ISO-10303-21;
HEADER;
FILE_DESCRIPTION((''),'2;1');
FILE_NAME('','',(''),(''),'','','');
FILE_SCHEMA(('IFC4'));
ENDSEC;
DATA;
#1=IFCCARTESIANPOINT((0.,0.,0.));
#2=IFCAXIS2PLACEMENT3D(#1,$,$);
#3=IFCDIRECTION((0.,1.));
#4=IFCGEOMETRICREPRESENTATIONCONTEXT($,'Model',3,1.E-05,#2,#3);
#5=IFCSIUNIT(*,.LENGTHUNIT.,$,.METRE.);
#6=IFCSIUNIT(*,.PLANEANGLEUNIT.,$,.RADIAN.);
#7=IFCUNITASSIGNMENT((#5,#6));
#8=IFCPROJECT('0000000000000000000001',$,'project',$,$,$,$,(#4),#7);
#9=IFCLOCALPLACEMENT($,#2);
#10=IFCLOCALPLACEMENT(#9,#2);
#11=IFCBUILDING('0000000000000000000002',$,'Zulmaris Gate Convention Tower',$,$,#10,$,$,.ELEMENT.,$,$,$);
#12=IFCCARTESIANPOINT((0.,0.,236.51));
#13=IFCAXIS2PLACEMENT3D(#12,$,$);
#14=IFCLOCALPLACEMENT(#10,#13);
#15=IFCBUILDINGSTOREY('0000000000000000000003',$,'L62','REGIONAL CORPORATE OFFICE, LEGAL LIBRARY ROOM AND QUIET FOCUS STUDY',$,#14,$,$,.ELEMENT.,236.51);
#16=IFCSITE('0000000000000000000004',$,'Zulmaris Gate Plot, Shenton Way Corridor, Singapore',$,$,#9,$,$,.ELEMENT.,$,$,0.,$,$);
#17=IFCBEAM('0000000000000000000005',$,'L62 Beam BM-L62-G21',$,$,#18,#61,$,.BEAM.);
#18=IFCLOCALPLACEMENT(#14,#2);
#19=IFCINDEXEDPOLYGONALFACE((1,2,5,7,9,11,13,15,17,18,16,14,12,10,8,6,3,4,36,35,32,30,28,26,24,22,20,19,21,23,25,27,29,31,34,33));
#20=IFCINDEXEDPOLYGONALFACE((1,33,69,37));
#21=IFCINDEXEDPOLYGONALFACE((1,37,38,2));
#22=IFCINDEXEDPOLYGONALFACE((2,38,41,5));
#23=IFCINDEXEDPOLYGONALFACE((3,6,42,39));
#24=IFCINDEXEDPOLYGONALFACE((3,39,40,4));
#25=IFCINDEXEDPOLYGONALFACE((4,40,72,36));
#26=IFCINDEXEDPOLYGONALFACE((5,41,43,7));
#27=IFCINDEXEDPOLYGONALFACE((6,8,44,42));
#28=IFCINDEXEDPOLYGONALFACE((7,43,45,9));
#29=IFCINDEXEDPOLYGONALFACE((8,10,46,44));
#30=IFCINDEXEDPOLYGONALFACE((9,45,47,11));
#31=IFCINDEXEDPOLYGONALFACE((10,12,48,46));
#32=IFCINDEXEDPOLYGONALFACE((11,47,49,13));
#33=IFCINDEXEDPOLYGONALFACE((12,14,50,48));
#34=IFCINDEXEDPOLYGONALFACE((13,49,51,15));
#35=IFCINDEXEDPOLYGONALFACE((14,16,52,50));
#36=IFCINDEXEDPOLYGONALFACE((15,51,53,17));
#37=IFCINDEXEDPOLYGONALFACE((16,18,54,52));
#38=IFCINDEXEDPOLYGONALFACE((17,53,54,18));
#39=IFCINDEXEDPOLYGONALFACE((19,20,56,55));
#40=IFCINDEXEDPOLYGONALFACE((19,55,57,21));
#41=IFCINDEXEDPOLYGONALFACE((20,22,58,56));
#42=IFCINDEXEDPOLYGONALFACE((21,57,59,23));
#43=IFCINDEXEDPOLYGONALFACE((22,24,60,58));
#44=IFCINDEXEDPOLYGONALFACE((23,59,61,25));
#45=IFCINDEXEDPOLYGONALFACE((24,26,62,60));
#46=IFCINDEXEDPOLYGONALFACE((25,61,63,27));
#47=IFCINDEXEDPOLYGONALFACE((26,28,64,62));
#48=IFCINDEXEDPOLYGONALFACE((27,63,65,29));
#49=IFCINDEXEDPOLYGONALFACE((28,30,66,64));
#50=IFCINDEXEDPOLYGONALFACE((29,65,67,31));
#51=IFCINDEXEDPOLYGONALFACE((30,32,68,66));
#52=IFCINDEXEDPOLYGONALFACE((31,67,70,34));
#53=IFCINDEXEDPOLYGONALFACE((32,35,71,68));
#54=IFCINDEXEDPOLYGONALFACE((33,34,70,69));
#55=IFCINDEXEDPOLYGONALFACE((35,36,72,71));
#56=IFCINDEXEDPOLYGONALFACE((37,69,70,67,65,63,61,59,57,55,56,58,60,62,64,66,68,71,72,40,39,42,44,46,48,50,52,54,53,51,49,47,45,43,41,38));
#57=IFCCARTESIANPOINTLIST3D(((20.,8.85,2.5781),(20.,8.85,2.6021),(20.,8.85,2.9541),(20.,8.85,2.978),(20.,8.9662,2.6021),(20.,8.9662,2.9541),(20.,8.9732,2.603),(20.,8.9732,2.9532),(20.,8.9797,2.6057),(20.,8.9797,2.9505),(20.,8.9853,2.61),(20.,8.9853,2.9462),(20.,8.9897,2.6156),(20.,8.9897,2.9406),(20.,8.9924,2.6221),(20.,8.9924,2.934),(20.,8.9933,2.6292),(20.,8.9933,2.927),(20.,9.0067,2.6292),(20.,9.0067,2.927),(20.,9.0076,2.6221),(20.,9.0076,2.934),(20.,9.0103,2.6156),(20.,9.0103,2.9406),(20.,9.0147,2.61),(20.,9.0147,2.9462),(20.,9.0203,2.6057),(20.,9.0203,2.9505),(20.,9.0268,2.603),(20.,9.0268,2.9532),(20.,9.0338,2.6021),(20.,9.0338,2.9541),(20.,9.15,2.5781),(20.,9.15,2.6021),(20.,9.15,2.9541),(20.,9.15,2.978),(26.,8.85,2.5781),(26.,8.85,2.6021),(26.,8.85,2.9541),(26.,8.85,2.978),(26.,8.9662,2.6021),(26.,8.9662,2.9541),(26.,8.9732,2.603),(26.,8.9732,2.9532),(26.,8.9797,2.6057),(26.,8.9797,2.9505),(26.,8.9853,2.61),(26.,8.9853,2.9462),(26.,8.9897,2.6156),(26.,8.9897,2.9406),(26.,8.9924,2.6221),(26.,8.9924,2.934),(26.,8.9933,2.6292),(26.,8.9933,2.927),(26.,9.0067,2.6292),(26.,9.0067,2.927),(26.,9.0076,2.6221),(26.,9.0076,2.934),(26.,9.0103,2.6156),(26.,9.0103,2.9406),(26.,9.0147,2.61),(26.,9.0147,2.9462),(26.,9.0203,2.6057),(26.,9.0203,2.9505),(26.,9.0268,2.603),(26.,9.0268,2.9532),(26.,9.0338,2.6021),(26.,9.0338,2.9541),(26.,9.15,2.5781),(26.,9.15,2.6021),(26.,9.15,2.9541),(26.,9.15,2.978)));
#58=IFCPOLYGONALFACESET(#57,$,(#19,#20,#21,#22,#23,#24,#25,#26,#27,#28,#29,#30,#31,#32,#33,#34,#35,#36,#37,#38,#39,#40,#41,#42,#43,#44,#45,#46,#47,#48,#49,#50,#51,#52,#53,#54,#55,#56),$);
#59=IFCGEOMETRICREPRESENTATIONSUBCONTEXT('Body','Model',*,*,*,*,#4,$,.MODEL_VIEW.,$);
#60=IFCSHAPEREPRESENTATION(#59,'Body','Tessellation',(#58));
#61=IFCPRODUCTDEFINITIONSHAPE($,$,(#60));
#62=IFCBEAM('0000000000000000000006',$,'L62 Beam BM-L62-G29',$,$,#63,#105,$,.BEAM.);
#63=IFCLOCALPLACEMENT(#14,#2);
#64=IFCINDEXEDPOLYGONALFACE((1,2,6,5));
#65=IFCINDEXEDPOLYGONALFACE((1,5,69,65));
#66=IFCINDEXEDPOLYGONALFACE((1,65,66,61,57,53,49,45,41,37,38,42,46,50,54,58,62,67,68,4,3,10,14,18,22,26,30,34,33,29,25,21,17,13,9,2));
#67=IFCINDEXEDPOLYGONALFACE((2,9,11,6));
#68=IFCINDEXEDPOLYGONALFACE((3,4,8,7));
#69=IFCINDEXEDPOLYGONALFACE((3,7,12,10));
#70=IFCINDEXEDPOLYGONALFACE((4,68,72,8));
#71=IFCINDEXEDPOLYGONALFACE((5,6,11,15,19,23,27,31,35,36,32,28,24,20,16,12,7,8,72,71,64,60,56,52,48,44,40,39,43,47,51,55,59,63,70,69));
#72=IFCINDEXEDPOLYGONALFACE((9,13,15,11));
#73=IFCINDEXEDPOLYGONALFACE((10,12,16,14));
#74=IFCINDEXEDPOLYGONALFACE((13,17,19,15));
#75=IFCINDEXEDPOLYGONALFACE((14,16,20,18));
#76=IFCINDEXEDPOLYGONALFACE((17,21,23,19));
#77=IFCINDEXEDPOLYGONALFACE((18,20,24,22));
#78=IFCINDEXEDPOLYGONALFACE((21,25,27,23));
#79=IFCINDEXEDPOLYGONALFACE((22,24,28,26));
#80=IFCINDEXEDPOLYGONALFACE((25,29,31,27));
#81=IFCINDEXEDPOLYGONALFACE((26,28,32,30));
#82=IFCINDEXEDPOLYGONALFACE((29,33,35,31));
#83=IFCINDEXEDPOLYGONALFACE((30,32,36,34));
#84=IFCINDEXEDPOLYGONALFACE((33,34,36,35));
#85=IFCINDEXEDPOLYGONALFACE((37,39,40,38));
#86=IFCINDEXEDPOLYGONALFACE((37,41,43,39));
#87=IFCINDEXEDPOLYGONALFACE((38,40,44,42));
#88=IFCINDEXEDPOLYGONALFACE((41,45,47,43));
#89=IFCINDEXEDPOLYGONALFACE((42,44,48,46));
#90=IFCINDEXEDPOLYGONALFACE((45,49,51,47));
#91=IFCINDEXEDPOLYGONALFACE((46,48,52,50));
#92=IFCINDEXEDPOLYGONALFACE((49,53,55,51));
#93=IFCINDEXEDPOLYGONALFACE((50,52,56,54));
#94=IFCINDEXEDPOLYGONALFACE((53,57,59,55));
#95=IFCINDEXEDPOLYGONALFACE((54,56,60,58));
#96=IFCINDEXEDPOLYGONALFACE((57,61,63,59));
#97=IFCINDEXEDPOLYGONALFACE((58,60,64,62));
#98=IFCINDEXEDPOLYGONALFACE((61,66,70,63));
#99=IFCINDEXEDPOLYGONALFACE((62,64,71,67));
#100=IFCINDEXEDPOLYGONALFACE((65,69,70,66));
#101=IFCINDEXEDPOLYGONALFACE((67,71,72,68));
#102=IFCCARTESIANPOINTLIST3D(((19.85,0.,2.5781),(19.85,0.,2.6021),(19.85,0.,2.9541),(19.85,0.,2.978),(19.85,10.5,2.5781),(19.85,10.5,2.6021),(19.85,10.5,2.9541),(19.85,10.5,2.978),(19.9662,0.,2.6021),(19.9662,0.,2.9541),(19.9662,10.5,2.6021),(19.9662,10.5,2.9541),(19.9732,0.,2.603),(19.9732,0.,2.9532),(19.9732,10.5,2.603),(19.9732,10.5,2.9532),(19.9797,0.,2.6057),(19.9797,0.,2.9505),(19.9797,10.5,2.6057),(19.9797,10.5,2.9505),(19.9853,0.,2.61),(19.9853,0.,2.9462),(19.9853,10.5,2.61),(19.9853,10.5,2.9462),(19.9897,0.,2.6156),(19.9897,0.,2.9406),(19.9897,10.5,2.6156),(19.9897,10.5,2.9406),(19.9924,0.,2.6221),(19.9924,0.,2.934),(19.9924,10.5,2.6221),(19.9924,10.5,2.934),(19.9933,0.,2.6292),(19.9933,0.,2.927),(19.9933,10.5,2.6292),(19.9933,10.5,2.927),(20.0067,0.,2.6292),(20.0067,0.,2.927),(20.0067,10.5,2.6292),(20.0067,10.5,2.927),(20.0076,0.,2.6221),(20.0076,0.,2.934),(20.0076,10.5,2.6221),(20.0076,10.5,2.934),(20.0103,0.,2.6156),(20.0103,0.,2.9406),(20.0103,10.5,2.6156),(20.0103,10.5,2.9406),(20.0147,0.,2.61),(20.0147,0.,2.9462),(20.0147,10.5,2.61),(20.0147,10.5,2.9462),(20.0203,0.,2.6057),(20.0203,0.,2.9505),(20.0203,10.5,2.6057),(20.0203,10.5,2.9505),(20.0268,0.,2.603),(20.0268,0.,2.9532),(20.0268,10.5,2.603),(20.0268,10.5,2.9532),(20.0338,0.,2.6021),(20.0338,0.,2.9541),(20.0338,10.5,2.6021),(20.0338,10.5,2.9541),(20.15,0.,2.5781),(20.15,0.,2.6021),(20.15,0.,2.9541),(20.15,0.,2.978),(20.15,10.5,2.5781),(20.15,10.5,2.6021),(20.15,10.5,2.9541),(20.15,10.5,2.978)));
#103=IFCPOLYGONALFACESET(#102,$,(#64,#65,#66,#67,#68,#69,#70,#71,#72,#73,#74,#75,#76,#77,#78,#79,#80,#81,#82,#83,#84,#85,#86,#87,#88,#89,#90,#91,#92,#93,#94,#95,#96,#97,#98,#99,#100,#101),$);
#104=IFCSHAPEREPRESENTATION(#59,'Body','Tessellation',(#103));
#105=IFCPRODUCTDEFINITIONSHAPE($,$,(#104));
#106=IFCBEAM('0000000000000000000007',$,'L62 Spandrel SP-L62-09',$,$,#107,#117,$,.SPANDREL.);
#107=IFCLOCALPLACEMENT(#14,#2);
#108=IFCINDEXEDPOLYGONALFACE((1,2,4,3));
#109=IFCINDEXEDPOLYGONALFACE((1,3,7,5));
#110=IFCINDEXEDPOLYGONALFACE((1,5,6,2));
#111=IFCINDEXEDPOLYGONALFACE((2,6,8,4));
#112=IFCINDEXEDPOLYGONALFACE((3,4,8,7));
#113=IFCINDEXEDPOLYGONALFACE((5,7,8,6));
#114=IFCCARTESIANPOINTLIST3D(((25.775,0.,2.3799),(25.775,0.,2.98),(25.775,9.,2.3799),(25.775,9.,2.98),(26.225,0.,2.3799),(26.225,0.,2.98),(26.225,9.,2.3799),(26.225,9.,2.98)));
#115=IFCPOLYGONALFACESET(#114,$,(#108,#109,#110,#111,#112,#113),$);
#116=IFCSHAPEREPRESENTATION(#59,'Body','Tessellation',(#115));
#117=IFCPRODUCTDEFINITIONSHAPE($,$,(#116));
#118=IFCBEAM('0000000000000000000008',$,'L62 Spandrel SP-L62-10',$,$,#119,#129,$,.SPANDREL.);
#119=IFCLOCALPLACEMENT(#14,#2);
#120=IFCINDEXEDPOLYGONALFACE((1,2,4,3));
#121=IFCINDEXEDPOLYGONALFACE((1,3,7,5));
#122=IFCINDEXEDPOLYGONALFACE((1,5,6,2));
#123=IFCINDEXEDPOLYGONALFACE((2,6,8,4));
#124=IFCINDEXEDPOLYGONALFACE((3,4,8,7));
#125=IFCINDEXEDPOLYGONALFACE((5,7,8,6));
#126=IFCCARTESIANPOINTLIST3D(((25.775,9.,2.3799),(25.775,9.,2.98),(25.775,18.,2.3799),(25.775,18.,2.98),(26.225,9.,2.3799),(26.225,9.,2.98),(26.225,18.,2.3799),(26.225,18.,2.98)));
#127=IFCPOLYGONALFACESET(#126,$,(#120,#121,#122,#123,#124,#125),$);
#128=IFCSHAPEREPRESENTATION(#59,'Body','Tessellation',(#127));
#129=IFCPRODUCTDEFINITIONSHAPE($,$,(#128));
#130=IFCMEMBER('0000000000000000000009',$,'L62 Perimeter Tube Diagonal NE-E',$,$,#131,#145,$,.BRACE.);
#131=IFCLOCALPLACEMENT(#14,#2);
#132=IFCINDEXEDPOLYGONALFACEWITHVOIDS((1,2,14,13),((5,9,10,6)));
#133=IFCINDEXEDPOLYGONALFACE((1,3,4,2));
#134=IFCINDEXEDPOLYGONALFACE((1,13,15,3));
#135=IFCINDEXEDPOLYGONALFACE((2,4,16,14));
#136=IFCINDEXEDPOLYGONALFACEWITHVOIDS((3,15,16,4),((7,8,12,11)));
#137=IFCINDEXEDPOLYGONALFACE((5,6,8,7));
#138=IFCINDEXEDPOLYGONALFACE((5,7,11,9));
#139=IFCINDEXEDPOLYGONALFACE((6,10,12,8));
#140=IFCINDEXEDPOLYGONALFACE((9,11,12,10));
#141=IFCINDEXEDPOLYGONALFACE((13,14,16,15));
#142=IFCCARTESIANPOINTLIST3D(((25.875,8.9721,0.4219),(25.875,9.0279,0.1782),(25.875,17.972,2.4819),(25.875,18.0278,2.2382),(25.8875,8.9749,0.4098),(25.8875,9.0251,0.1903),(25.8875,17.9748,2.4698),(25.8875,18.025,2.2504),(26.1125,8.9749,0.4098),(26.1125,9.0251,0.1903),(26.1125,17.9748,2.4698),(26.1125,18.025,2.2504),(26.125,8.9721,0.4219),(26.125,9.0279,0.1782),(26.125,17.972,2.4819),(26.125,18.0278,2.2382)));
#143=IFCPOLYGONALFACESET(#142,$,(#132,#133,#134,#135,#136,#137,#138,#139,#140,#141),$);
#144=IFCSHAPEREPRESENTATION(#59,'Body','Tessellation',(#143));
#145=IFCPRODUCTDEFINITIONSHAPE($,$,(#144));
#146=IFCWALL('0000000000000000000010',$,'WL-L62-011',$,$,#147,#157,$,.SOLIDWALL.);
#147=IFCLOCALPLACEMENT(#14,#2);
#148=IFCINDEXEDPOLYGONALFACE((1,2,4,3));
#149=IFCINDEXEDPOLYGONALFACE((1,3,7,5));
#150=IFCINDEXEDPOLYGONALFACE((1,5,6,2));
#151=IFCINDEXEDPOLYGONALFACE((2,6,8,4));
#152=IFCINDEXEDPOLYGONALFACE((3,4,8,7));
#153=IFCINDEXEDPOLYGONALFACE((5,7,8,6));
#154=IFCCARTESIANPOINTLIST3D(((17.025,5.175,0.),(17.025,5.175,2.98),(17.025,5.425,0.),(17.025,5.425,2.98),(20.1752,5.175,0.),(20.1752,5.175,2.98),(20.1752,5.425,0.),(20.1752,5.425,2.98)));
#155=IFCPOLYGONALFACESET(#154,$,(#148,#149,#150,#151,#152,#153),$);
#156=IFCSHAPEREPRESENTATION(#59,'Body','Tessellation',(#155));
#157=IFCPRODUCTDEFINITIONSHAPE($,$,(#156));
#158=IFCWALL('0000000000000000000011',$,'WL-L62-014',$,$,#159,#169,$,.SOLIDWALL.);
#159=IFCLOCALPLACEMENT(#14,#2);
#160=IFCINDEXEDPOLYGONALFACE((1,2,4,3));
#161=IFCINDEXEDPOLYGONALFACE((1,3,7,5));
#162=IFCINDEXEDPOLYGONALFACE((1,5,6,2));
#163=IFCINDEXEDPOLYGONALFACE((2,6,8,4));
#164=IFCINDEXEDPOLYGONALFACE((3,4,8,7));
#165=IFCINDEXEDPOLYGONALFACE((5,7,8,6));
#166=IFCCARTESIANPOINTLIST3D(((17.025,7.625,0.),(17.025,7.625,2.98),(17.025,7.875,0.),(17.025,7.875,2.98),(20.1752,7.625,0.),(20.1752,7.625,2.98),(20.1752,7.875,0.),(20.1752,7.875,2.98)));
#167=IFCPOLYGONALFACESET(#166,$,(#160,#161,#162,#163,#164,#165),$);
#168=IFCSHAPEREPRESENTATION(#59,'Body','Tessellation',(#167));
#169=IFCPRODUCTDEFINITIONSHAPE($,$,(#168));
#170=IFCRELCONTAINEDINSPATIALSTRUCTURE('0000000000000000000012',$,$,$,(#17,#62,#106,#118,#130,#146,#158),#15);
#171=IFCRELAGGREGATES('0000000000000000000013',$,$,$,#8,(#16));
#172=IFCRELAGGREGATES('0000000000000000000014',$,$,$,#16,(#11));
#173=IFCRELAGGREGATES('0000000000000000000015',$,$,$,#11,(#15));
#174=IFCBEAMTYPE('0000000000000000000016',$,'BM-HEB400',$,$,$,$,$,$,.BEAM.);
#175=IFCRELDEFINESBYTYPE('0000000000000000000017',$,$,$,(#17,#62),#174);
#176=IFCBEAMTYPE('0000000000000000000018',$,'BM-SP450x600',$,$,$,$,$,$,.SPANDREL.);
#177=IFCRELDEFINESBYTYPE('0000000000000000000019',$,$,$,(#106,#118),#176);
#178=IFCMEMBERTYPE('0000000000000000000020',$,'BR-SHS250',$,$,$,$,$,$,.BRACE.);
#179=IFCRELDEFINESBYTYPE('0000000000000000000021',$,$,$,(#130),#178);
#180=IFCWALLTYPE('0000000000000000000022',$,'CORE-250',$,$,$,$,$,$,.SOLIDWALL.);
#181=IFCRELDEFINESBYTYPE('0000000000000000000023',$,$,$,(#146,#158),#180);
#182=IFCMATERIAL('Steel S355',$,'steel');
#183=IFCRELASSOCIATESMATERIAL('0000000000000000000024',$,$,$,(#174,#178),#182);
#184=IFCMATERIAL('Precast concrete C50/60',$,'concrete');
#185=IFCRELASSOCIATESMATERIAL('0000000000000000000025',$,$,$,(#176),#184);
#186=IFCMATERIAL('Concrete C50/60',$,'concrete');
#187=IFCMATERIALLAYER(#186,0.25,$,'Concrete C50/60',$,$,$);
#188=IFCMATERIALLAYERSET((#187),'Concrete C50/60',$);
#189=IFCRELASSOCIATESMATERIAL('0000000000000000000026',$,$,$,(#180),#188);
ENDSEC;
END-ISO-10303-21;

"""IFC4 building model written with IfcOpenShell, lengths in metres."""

from ifc_helpers import new_model, si_unit, direction, frame, frame_2d, origin, origin_2d, place, context, subcontext, project, spatial, rectangle, hollow_rectangle, i_section, extrude, material, layer, layer_set, material_profile, profile_set, type_object, element, save


model = new_model("IFC4")

# Units and contexts
model_context = context("Model", 3, precision=1e-05, world=origin(), true_north=direction((0.0, 1.0)))
body_context = subcontext(model_context, "Body", "Model", "MODEL_VIEW")
ifc_project = project(units=[si_unit("LENGTHUNIT", "METRE"), si_unit("PLANEANGLEUNIT", "RADIAN")], contexts=[model_context])

# Site, building, storey
site_placement = place(None, origin())
site = spatial("IfcSite", under=ifc_project, at=site_placement, Name="Zulmaris Gate Plot, Shenton Way Corridor, Singapore", CompositionType="ELEMENT", RefElevation=0.0)
building_placement = place(site_placement, origin())
building = spatial("IfcBuilding", under=site, at=building_placement, Name="Zulmaris Gate Convention Tower", CompositionType="ELEMENT")
storey_placement = place(building_placement, frame((0.0, 0.0, 236.51)))
storey = spatial("IfcBuildingStorey", under=building, at=storey_placement, Name="L62", Description="REGIONAL CORPORATE OFFICE, LEGAL LIBRARY ROOM AND QUIET FOCUS STUDY", CompositionType="ELEMENT", Elevation=236.51)

# Shared definitions
ifc_material_1 = material(Name="Concrete C50/60", Category="concrete")

# Beams
ifc_material_2 = material(Name="Steel S355", Category="steel")
ifc_material_profile_1 = material_profile(ifc_material_2, i_section(OverallWidth=0.3, OverallDepth=0.3999, WebThickness=0.0134, FlangeThickness=0.0239, FilletRadius=0.0271, at=origin_2d()), Name="HEB 400")
ifc_profile_set_1 = profile_set([ifc_material_profile_1], Name="Steel S355")
beam_type_1 = type_object("IfcBeamType", Name="BM-HEB400", PredefinedType="BEAM", material=ifc_profile_set_1)
for number, where, z_axis, x_axis, name in (
    (1, (20.0, 9.0, 2.7781), (1.0, 0.0, 0.0), (0.0, 1.0, 0.0), "L62 Beam BM-L62-G21"),
):
    element("IfcBeam", number, at=place(storey_placement, frame(where, z_axis=z_axis, x_axis=x_axis)), inside=storey, type_object=beam_type_1, Name=name, PredefinedType="BEAM", context=body_context, shape_type="SweptSolid", body=[
        extrude(i_section(OverallWidth=0.3, OverallDepth=0.3999, WebThickness=0.0134, FlangeThickness=0.0239, FilletRadius=0.0271, at=origin_2d()), origin(), (0.0, 0.0, 1.0), 6.0),
    ])
beam_placement = place(storey_placement, frame((20.0, 0.0, 2.7781), z_axis=(0.0, 1.0, 0.0), x_axis=(-1.0, 0.0, 0.0)))
element("IfcBeam", 2, at=beam_placement, inside=storey, type_object=beam_type_1, Name="L62 Beam BM-L62-G29", PredefinedType="BEAM", context=body_context, shape_type="SweptSolid", body=[
    extrude(i_section(OverallWidth=0.3, OverallDepth=0.3999, WebThickness=0.0134, FlangeThickness=0.0239, FilletRadius=0.0271, at=origin_2d()), origin(), (0.0, 0.0, 1.0), 10.5),
])
ifc_material_3 = material(Name="Precast concrete C50/60", Category="concrete")
ifc_material_profile_2 = material_profile(ifc_material_3, rectangle(XDim=0.45, YDim=0.6001, at=origin_2d()), Name="RC SPANDREL 450x600")
ifc_profile_set_2 = profile_set([ifc_material_profile_2], Name="Precast concrete C50/60")
beam_type_2 = type_object("IfcBeamType", Name="BM-SP450x600", PredefinedType="SPANDREL", material=ifc_profile_set_2)
for number, where, z_axis, x_axis, name in (
    (3, (26.0, 0.0, 2.6799), (0.0, 1.0, 0.0), (-1.0, 0.0, 0.0), "L62 Spandrel SP-L62-09"),
    (4, (26.0, 9.0, 2.6799), (0.0, 1.0, 0.0), (-1.0, 0.0, 0.0), "L62 Spandrel SP-L62-10"),
):
    element("IfcBeam", number, at=place(storey_placement, frame(where, z_axis=z_axis, x_axis=x_axis)), inside=storey, type_object=beam_type_2, Name=name, PredefinedType="SPANDREL", context=body_context, shape_type="SweptSolid", body=[
        extrude(rectangle(XDim=0.45, YDim=0.6001, at=origin_2d()), origin(), (0.0, 0.0, 1.0), 9.0),
    ])

# Member
ifc_material_profile_3 = material_profile(ifc_material_2, hollow_rectangle(XDim=0.25, YDim=0.25, WallThickness=0.0125, at=origin_2d()), Name="SHS 250x250x12.5")
ifc_profile_set_3 = profile_set([ifc_material_profile_3], Name="Steel S355")
member_type = type_object("IfcMemberType", Name="BR-SHS250", PredefinedType="BRACE", material=ifc_profile_set_3)
member_placement = place(storey_placement, frame((26.0, 9.0, 0.3), z_axis=(0.0, 0.97479, 0.223125), x_axis=(-1.0, 0.0, 0.0)))
element("IfcMember", 5, at=member_placement, inside=storey, type_object=member_type, Name="L62 Perimeter Tube Diagonal NE-E", PredefinedType="BRACE", context=body_context, shape_type="SweptSolid", body=[
    extrude(hollow_rectangle(XDim=0.25, YDim=0.25, WallThickness=0.0125, at=origin_2d()), origin(), (0.0, 0.0, 1.0), 9.2327),
])

# Walls
ifc_layer_1 = layer(ifc_material_1, 0.25, Name="Concrete C50/60")
ifc_layer_set_1 = layer_set([ifc_layer_1], Name="Concrete C50/60")
wall_type_1 = type_object("IfcWallType", Name="CORE-250", PredefinedType="SOLIDWALL", material=ifc_layer_set_1)
for number, where, z_axis, x_axis, name in (
    (6, (17.0249, 5.3, 0.0), (0.0, 0.0, 1.0), (1.0, 0.0, 0.0), "WL-L62-011"),
    (7, (17.0249, 7.75, 0.0), (0.0, 0.0, 1.0), (1.0, 0.0, 0.0), "WL-L62-014"),
):
    element("IfcWall", number, at=place(storey_placement, frame(where, z_axis=z_axis, x_axis=x_axis)), inside=storey, type_object=wall_type_1, Name=name, PredefinedType="SOLIDWALL", context=body_context, shape_type="SweptSolid", body=[
        extrude(rectangle(XDim=3.1501, YDim=0.25, at=frame_2d((1.5752, 0.0))), origin(), (0.0, 0.0, 1.0), 2.98),
    ])

save(model, "model.ifc")
